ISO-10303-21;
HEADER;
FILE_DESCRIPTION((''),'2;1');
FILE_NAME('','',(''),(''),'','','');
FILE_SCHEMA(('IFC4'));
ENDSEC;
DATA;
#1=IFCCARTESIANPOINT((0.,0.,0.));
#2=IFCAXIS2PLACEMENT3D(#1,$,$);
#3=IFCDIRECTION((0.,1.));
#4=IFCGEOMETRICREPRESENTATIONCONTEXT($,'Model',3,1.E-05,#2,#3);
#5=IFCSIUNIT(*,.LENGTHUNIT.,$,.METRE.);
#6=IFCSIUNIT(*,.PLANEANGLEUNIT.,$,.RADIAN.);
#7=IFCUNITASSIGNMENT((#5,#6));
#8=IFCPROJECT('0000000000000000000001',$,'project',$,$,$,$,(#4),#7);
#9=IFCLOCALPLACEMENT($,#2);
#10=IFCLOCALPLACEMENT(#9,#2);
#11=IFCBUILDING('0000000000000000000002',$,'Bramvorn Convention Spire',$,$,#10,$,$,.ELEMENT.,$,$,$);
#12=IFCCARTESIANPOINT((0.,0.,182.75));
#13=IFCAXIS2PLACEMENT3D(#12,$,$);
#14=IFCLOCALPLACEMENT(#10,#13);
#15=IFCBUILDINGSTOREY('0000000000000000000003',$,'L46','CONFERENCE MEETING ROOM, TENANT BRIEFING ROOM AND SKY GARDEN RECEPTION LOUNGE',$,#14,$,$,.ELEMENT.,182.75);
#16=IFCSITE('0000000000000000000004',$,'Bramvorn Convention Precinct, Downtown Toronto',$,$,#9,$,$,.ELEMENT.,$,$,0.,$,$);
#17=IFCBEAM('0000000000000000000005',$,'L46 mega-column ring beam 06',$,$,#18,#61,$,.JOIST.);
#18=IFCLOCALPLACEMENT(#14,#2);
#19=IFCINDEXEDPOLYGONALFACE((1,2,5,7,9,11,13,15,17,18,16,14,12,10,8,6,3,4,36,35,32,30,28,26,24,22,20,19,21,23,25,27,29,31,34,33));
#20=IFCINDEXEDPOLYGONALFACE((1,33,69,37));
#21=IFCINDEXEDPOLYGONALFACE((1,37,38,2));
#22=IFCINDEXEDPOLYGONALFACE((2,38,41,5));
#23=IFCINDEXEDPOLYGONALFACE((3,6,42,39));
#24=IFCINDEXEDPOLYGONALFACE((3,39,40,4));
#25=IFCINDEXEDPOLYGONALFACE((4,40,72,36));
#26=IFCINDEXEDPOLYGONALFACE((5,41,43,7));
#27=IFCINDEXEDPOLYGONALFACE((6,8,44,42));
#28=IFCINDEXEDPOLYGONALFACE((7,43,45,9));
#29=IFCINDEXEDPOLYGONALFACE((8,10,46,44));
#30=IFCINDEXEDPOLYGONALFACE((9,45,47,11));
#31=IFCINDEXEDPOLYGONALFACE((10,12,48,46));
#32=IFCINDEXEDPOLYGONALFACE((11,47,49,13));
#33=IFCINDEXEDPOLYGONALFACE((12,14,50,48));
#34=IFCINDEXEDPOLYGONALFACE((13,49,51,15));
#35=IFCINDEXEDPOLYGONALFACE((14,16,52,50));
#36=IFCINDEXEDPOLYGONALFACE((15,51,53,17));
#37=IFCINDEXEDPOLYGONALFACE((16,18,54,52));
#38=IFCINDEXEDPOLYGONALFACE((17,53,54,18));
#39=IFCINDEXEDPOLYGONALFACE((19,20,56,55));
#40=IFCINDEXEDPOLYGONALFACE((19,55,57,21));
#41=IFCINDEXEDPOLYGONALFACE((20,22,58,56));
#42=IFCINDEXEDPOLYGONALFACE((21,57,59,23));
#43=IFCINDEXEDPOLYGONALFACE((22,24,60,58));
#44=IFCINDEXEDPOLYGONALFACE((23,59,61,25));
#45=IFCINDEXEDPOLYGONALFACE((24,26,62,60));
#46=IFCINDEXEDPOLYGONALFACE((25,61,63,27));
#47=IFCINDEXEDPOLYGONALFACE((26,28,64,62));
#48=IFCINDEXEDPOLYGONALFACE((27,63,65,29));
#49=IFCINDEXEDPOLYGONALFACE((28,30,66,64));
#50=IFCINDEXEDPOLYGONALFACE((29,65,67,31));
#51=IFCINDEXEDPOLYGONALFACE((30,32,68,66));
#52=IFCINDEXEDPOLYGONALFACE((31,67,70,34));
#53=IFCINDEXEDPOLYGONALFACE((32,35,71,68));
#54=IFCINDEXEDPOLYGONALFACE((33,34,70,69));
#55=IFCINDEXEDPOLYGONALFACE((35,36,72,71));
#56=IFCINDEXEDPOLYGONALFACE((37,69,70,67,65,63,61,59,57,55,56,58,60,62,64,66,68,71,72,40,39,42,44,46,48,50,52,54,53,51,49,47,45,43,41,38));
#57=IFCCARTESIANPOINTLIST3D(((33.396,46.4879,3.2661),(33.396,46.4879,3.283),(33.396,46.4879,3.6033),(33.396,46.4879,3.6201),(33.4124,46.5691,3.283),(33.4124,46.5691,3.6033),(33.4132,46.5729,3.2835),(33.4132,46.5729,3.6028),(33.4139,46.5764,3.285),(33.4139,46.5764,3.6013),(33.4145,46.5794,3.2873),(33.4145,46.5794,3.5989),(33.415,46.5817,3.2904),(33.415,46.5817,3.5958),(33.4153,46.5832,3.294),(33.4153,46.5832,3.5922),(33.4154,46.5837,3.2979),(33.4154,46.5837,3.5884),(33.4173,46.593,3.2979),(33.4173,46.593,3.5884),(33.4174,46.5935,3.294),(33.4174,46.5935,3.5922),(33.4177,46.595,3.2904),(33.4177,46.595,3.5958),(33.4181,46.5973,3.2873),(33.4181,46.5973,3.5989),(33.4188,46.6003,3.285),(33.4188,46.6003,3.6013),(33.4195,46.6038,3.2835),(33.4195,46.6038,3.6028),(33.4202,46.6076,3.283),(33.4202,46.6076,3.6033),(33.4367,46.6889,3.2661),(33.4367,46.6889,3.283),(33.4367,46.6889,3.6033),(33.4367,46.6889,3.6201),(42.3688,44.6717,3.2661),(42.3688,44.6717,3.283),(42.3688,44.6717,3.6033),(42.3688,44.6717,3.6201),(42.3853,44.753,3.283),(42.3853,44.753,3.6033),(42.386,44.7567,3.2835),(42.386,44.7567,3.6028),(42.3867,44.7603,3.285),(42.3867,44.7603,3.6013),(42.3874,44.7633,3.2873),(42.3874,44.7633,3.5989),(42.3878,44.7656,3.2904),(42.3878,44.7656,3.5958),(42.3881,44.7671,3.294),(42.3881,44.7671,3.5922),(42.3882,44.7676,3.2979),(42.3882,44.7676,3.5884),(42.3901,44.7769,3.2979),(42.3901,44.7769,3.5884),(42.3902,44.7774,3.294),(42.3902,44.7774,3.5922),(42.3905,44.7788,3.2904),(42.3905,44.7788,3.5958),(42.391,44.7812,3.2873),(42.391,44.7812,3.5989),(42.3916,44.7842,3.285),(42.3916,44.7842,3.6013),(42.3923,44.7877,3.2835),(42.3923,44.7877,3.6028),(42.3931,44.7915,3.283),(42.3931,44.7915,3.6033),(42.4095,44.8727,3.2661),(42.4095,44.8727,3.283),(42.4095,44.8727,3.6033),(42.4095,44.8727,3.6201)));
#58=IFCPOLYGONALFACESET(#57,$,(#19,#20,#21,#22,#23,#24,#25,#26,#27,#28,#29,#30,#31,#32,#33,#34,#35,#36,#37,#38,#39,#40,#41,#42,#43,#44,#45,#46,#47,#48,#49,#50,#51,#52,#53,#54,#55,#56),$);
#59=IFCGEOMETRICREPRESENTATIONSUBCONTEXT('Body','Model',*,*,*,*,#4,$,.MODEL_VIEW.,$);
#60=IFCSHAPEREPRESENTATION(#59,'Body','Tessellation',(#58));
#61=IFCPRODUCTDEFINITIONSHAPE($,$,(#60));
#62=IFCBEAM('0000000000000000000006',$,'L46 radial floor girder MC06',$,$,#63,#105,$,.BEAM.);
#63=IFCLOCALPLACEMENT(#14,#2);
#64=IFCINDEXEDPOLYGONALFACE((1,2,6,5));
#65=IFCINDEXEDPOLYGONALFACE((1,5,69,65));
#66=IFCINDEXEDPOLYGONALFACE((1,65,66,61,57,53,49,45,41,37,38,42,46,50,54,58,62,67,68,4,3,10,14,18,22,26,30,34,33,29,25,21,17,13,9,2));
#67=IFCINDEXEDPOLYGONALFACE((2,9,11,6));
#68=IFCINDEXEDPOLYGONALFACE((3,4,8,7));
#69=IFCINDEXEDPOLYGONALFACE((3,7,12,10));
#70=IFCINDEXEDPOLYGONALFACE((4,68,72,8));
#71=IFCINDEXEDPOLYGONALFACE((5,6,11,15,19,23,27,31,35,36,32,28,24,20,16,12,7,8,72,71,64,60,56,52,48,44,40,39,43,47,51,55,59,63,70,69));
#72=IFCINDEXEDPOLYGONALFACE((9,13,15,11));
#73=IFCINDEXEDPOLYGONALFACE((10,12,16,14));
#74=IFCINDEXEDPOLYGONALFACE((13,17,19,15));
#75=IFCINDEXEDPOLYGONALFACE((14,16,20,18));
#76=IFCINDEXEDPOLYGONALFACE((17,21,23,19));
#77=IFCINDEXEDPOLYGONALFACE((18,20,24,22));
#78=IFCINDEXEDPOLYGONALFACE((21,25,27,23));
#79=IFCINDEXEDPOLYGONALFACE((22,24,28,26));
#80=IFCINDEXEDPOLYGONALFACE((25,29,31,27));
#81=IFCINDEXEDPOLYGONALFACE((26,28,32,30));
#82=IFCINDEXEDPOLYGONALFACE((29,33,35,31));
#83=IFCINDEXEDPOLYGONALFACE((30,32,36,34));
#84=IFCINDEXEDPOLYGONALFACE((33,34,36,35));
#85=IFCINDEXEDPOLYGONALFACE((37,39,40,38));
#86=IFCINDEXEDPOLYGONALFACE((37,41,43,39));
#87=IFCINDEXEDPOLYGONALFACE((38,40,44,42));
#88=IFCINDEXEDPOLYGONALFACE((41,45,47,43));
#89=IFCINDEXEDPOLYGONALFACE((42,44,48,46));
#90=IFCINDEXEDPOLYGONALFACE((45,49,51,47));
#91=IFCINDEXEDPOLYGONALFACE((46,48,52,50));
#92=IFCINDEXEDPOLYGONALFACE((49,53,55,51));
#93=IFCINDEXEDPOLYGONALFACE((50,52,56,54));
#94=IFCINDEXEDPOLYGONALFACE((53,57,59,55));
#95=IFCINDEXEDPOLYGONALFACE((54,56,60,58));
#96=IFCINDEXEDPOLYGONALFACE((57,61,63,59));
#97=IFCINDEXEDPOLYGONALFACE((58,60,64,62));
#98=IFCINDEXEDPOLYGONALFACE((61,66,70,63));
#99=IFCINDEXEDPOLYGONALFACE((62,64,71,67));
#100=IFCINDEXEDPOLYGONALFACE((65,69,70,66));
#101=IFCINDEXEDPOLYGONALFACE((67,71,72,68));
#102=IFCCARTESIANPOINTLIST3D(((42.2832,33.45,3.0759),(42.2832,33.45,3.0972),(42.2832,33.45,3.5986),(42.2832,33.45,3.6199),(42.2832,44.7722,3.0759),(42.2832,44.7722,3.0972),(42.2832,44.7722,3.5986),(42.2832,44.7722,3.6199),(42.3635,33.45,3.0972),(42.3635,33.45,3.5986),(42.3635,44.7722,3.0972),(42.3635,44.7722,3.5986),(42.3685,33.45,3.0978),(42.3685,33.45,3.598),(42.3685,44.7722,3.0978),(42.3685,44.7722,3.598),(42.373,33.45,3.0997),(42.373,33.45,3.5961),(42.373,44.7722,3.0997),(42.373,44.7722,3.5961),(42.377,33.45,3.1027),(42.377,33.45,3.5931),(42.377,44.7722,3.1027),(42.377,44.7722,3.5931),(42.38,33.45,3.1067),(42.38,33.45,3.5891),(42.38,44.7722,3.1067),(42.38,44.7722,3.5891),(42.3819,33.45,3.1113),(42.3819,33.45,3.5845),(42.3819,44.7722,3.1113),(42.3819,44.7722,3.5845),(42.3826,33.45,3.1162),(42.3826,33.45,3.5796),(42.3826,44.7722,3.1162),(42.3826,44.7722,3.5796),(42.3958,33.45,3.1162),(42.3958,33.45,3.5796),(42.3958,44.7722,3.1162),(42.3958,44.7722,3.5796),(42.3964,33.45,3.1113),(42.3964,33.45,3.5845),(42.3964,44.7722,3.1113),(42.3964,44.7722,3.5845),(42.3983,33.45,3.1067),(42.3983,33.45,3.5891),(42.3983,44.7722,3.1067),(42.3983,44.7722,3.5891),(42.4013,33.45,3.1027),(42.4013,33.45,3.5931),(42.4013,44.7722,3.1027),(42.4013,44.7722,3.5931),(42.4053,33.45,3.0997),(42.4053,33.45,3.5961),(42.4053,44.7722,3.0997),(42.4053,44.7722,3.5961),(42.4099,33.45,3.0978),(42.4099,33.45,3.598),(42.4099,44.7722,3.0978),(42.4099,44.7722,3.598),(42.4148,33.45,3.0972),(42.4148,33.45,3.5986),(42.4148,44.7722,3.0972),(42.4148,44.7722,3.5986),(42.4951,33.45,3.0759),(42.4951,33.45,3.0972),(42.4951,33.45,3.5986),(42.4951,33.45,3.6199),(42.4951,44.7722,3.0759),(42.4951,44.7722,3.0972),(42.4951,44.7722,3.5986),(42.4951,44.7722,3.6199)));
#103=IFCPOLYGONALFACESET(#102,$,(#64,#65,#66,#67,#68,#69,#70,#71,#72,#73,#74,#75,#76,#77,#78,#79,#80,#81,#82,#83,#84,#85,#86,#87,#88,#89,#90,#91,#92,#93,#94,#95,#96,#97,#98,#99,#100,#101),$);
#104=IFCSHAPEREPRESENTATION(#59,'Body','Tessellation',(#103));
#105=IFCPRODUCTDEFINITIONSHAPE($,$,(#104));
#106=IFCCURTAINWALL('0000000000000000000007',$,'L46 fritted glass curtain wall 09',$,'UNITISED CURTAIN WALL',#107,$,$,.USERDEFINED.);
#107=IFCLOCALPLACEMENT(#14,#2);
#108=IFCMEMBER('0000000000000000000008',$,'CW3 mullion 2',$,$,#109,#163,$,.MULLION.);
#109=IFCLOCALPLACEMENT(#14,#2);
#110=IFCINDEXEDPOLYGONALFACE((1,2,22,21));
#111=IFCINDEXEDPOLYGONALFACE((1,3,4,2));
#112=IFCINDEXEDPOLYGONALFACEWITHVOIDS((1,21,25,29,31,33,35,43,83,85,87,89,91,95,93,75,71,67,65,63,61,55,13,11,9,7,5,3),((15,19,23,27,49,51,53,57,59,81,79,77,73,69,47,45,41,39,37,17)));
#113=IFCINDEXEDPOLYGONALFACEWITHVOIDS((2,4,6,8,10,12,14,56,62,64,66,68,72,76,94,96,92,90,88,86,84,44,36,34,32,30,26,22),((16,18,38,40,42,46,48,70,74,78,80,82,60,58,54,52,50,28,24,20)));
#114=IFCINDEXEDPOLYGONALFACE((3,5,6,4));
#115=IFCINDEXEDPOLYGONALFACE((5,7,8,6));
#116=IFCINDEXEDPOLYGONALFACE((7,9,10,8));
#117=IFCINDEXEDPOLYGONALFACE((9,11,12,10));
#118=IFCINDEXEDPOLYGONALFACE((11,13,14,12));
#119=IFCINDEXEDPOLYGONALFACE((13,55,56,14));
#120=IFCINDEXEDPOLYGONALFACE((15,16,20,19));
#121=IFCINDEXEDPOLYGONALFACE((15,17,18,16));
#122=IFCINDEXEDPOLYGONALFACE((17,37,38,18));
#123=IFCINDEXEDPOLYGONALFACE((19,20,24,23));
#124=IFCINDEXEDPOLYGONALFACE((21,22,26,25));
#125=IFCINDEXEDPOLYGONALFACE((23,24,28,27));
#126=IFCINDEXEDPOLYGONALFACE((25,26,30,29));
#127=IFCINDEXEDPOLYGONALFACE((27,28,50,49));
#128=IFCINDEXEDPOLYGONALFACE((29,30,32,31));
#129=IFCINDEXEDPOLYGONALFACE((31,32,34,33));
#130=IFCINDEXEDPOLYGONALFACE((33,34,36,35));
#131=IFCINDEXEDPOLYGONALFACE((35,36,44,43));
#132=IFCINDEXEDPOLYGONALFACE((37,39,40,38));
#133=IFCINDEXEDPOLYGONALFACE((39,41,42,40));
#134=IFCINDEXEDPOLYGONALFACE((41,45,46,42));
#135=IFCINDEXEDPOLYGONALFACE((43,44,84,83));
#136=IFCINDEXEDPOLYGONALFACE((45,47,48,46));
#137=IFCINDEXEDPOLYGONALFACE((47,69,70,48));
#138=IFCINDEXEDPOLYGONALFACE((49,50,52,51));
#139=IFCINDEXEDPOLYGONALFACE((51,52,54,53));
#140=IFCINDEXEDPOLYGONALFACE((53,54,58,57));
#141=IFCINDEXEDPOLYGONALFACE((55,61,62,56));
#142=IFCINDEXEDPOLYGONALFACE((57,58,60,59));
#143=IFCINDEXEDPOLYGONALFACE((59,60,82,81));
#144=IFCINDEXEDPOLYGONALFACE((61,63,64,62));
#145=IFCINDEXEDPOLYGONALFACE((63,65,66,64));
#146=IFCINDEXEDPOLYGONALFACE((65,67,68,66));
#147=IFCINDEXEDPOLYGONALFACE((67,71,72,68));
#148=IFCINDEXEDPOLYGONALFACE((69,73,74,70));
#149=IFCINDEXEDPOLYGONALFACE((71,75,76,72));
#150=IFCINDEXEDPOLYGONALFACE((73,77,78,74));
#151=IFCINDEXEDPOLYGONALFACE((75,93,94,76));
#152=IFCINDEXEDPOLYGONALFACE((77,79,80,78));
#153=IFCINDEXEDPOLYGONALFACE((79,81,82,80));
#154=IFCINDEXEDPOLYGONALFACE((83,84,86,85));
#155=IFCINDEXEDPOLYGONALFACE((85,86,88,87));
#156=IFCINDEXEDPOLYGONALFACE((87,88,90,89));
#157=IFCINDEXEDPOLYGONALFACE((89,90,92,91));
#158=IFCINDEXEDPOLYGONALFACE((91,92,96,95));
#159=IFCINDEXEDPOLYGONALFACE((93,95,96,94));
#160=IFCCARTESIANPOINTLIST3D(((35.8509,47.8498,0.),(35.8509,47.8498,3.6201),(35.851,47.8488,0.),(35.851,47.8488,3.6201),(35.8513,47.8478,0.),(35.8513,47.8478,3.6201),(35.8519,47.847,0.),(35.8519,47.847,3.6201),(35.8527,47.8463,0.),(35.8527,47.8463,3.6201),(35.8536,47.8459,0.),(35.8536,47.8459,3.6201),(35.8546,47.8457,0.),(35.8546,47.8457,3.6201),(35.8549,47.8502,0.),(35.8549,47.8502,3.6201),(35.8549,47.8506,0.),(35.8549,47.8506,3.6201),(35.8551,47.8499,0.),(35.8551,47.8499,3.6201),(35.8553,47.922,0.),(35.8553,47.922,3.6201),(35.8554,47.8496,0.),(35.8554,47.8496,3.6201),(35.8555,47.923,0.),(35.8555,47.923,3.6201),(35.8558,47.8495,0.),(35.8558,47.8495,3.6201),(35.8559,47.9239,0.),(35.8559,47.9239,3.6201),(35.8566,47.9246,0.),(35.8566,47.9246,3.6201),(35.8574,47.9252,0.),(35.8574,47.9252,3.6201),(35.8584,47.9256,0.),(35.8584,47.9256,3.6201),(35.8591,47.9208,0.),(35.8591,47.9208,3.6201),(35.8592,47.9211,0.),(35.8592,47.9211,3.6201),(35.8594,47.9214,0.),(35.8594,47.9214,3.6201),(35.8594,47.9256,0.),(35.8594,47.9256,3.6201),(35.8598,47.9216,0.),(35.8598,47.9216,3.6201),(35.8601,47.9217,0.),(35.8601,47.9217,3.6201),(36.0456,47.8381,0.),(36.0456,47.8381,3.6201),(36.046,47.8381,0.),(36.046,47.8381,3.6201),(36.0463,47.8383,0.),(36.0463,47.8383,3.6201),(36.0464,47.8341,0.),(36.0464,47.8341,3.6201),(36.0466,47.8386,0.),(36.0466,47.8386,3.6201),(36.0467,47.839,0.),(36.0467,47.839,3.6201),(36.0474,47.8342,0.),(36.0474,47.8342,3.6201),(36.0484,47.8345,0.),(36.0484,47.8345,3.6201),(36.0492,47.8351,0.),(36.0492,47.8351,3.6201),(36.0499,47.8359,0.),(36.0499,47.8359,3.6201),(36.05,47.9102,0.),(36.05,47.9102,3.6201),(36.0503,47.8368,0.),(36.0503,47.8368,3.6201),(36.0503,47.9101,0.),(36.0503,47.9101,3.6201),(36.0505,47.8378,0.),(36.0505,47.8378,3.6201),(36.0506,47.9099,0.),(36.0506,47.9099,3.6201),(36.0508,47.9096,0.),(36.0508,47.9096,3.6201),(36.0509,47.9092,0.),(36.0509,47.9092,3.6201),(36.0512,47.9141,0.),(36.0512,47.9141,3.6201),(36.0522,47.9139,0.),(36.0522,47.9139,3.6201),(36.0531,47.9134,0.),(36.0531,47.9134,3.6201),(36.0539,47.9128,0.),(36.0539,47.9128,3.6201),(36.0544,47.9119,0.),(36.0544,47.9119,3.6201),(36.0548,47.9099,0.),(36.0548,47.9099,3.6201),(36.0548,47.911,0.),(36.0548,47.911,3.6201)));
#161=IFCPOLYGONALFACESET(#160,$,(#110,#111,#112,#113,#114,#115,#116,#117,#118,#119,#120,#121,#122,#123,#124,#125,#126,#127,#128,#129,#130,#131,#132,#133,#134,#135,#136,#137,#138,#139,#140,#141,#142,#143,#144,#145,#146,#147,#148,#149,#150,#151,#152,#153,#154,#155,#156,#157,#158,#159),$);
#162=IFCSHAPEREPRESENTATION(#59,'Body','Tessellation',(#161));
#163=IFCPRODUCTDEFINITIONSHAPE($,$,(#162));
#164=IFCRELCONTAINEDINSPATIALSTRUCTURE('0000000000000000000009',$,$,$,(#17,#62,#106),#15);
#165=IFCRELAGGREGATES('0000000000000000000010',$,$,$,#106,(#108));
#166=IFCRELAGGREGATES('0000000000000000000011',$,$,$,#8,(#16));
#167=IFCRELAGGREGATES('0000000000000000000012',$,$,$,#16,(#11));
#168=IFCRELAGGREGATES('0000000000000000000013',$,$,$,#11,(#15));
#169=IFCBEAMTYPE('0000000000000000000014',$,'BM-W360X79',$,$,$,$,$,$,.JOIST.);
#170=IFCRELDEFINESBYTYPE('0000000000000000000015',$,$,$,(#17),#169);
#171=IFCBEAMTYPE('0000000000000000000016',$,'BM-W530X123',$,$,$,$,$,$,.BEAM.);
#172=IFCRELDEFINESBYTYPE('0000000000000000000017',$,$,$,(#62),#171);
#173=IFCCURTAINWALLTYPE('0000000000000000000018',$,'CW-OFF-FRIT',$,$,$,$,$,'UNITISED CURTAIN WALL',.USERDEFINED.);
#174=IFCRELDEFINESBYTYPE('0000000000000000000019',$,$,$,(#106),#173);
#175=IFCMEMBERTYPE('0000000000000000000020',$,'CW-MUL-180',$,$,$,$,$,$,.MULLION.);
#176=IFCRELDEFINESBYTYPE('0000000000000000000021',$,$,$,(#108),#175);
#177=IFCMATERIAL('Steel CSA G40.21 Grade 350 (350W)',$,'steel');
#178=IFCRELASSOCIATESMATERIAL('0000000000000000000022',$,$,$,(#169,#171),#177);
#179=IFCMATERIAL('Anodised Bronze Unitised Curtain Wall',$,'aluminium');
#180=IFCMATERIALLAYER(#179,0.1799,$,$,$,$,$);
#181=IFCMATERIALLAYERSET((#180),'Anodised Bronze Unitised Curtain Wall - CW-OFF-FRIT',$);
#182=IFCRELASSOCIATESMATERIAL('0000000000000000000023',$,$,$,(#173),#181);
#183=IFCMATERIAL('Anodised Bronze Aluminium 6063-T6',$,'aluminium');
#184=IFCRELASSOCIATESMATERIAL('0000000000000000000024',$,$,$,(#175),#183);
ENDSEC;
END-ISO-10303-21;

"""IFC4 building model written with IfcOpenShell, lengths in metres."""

from ifc_helpers import new_model, si_unit, direction, frame, origin, origin_2d, place, context, subcontext, project, spatial, hollow_rectangle, i_section, extrude, material, layer, layer_set, material_profile, profile_set, type_object, element, aggregate, save


model = new_model("IFC4")

# Units and contexts
model_context = context("Model", 3, precision=1e-05, world=origin(), true_north=direction((0.0, 1.0)))
body_context = subcontext(model_context, "Body", "Model", "MODEL_VIEW")
ifc_project = project(units=[si_unit("LENGTHUNIT", "METRE"), si_unit("PLANEANGLEUNIT", "RADIAN")], contexts=[model_context])

# Site, building, storey
site_placement = place(None, origin())
site = spatial("IfcSite", under=ifc_project, at=site_placement, Name="Bramvorn Convention Precinct, Downtown Toronto", CompositionType="ELEMENT", RefElevation=0.0)
building_placement = place(site_placement, origin())
building = spatial("IfcBuilding", under=site, at=building_placement, Name="Bramvorn Convention Spire", CompositionType="ELEMENT")
storey_placement = place(building_placement, frame((0.0, 0.0, 182.75)))
storey = spatial("IfcBuildingStorey", under=building, at=storey_placement, Name="L46", Description="CONFERENCE MEETING ROOM, TENANT BRIEFING ROOM AND SKY GARDEN RECEPTION LOUNGE", CompositionType="ELEMENT", Elevation=182.75)

# Shared definitions
ifc_material_1 = material(Name="Steel CSA G40.21 Grade 350 (350W)", Category="steel")

# Beams
ifc_material_profile_1 = material_profile(ifc_material_1, i_section(OverallWidth=0.2051, OverallDepth=0.354, WebThickness=0.0095, FlangeThickness=0.0168, FilletRadius=0.0149, at=origin_2d()))
ifc_profile_set_1 = profile_set([ifc_material_profile_1], Name="Steel CSA G40.21 Grade 350 (350W) - W360X79")
beam_type_1 = type_object("IfcBeamType", Name="BM-W360X79", PredefinedType="JOIST", material=ifc_profile_set_1)
beam_1_placement = place(storey_placement, frame((42.3892, 44.7722, 3.4431), z_axis=(-0.980125, 0.198382, 0.0), x_axis=(-0.198382, -0.980125, 0.0)))
element("IfcBeam", 1, at=beam_1_placement, inside=storey, type_object=beam_type_1, Name="L46 mega-column ring beam 06", PredefinedType="JOIST", context=body_context, shape_type="SweptSolid", body=[
    extrude(i_section(OverallWidth=0.2051, OverallDepth=0.354, WebThickness=0.0095, FlangeThickness=0.0168, FilletRadius=0.0149, at=origin_2d()), origin(), (0.0, 0.0, 1.0), 9.1548),
])
ifc_material_profile_2 = material_profile(ifc_material_1, i_section(OverallWidth=0.2119, OverallDepth=0.5439, WebThickness=0.0132, FlangeThickness=0.0212, FilletRadius=0.019, at=origin_2d()))
ifc_profile_set_2 = profile_set([ifc_material_profile_2], Name="Steel CSA G40.21 Grade 350 (350W) - W530X123")
beam_type_2 = type_object("IfcBeamType", Name="BM-W530X123", PredefinedType="BEAM", material=ifc_profile_set_2)
beam_2_placement = place(storey_placement, frame((42.3892, 33.45, 3.3479), z_axis=(0.0, 1.0, 0.0), x_axis=(-1.0, 0.0, 0.0)))
element("IfcBeam", 2, at=beam_2_placement, inside=storey, type_object=beam_type_2, Name="L46 radial floor girder MC06", PredefinedType="BEAM", context=body_context, shape_type="SweptSolid", body=[
    extrude(i_section(OverallWidth=0.2119, OverallDepth=0.5439, WebThickness=0.0132, FlangeThickness=0.0212, FilletRadius=0.019, at=origin_2d()), origin(), (0.0, 0.0, 1.0), 11.3223),
])

# Curtain wall, member
ifc_material_2 = material(Name="Anodised Bronze Unitised Curtain Wall", Category="aluminium")
ifc_layer_1 = layer(ifc_material_2, 0.1799)
ifc_layer_set_1 = layer_set([ifc_layer_1], Name="Anodised Bronze Unitised Curtain Wall - CW-OFF-FRIT")
curtain_wall_type = type_object("IfcCurtainWallType", Name="CW-OFF-FRIT", ElementType="UNITISED CURTAIN WALL", PredefinedType="USERDEFINED", material=ifc_layer_set_1)
curtain_wall_placement = place(storey_placement, origin())
curtain_wall = element("IfcCurtainWall", 3, at=curtain_wall_placement, inside=storey, type_object=curtain_wall_type, Name="L46 fritted glass curtain wall 09", ObjectType="UNITISED CURTAIN WALL", PredefinedType="USERDEFINED")
ifc_material_3 = material(Name="Anodised Bronze Aluminium 6063-T6", Category="aluminium")
ifc_material_profile_3 = material_profile(ifc_material_3, hollow_rectangle(XDim=0.0801, YDim=0.2, WallThickness=0.0039, InnerFilletRadius=0.001, OuterFilletRadius=0.0039, at=origin_2d()))
ifc_profile_set_3 = profile_set([ifc_material_profile_3], Name="Anodised Bronze Aluminium 6063-T6 - CWM80X200")
member_type_1 = type_object("IfcMemberType", Name="CW-MUL-180", PredefinedType="MULLION", material=ifc_profile_set_3)
member_1_placement = place(storey_placement, frame((35.9529, 47.8799, 0.0), z_axis=(0.0, 0.0, 1.0), x_axis=(0.060123, 0.998191, 0.0)))
member_1 = element("IfcMember", 4, at=member_1_placement, type_object=member_type_1, Name="CW3 mullion 2", PredefinedType="MULLION", context=body_context, shape_type="SweptSolid", body=[
    extrude(hollow_rectangle(XDim=0.0801, YDim=0.2, WallThickness=0.0039, InnerFilletRadius=0.001, OuterFilletRadius=0.0039, at=origin_2d()), origin(), (0.0, 0.0, 1.0), 3.6201),
])
aggregate(curtain_wall, [member_1])

save(model, "model.ifc")
